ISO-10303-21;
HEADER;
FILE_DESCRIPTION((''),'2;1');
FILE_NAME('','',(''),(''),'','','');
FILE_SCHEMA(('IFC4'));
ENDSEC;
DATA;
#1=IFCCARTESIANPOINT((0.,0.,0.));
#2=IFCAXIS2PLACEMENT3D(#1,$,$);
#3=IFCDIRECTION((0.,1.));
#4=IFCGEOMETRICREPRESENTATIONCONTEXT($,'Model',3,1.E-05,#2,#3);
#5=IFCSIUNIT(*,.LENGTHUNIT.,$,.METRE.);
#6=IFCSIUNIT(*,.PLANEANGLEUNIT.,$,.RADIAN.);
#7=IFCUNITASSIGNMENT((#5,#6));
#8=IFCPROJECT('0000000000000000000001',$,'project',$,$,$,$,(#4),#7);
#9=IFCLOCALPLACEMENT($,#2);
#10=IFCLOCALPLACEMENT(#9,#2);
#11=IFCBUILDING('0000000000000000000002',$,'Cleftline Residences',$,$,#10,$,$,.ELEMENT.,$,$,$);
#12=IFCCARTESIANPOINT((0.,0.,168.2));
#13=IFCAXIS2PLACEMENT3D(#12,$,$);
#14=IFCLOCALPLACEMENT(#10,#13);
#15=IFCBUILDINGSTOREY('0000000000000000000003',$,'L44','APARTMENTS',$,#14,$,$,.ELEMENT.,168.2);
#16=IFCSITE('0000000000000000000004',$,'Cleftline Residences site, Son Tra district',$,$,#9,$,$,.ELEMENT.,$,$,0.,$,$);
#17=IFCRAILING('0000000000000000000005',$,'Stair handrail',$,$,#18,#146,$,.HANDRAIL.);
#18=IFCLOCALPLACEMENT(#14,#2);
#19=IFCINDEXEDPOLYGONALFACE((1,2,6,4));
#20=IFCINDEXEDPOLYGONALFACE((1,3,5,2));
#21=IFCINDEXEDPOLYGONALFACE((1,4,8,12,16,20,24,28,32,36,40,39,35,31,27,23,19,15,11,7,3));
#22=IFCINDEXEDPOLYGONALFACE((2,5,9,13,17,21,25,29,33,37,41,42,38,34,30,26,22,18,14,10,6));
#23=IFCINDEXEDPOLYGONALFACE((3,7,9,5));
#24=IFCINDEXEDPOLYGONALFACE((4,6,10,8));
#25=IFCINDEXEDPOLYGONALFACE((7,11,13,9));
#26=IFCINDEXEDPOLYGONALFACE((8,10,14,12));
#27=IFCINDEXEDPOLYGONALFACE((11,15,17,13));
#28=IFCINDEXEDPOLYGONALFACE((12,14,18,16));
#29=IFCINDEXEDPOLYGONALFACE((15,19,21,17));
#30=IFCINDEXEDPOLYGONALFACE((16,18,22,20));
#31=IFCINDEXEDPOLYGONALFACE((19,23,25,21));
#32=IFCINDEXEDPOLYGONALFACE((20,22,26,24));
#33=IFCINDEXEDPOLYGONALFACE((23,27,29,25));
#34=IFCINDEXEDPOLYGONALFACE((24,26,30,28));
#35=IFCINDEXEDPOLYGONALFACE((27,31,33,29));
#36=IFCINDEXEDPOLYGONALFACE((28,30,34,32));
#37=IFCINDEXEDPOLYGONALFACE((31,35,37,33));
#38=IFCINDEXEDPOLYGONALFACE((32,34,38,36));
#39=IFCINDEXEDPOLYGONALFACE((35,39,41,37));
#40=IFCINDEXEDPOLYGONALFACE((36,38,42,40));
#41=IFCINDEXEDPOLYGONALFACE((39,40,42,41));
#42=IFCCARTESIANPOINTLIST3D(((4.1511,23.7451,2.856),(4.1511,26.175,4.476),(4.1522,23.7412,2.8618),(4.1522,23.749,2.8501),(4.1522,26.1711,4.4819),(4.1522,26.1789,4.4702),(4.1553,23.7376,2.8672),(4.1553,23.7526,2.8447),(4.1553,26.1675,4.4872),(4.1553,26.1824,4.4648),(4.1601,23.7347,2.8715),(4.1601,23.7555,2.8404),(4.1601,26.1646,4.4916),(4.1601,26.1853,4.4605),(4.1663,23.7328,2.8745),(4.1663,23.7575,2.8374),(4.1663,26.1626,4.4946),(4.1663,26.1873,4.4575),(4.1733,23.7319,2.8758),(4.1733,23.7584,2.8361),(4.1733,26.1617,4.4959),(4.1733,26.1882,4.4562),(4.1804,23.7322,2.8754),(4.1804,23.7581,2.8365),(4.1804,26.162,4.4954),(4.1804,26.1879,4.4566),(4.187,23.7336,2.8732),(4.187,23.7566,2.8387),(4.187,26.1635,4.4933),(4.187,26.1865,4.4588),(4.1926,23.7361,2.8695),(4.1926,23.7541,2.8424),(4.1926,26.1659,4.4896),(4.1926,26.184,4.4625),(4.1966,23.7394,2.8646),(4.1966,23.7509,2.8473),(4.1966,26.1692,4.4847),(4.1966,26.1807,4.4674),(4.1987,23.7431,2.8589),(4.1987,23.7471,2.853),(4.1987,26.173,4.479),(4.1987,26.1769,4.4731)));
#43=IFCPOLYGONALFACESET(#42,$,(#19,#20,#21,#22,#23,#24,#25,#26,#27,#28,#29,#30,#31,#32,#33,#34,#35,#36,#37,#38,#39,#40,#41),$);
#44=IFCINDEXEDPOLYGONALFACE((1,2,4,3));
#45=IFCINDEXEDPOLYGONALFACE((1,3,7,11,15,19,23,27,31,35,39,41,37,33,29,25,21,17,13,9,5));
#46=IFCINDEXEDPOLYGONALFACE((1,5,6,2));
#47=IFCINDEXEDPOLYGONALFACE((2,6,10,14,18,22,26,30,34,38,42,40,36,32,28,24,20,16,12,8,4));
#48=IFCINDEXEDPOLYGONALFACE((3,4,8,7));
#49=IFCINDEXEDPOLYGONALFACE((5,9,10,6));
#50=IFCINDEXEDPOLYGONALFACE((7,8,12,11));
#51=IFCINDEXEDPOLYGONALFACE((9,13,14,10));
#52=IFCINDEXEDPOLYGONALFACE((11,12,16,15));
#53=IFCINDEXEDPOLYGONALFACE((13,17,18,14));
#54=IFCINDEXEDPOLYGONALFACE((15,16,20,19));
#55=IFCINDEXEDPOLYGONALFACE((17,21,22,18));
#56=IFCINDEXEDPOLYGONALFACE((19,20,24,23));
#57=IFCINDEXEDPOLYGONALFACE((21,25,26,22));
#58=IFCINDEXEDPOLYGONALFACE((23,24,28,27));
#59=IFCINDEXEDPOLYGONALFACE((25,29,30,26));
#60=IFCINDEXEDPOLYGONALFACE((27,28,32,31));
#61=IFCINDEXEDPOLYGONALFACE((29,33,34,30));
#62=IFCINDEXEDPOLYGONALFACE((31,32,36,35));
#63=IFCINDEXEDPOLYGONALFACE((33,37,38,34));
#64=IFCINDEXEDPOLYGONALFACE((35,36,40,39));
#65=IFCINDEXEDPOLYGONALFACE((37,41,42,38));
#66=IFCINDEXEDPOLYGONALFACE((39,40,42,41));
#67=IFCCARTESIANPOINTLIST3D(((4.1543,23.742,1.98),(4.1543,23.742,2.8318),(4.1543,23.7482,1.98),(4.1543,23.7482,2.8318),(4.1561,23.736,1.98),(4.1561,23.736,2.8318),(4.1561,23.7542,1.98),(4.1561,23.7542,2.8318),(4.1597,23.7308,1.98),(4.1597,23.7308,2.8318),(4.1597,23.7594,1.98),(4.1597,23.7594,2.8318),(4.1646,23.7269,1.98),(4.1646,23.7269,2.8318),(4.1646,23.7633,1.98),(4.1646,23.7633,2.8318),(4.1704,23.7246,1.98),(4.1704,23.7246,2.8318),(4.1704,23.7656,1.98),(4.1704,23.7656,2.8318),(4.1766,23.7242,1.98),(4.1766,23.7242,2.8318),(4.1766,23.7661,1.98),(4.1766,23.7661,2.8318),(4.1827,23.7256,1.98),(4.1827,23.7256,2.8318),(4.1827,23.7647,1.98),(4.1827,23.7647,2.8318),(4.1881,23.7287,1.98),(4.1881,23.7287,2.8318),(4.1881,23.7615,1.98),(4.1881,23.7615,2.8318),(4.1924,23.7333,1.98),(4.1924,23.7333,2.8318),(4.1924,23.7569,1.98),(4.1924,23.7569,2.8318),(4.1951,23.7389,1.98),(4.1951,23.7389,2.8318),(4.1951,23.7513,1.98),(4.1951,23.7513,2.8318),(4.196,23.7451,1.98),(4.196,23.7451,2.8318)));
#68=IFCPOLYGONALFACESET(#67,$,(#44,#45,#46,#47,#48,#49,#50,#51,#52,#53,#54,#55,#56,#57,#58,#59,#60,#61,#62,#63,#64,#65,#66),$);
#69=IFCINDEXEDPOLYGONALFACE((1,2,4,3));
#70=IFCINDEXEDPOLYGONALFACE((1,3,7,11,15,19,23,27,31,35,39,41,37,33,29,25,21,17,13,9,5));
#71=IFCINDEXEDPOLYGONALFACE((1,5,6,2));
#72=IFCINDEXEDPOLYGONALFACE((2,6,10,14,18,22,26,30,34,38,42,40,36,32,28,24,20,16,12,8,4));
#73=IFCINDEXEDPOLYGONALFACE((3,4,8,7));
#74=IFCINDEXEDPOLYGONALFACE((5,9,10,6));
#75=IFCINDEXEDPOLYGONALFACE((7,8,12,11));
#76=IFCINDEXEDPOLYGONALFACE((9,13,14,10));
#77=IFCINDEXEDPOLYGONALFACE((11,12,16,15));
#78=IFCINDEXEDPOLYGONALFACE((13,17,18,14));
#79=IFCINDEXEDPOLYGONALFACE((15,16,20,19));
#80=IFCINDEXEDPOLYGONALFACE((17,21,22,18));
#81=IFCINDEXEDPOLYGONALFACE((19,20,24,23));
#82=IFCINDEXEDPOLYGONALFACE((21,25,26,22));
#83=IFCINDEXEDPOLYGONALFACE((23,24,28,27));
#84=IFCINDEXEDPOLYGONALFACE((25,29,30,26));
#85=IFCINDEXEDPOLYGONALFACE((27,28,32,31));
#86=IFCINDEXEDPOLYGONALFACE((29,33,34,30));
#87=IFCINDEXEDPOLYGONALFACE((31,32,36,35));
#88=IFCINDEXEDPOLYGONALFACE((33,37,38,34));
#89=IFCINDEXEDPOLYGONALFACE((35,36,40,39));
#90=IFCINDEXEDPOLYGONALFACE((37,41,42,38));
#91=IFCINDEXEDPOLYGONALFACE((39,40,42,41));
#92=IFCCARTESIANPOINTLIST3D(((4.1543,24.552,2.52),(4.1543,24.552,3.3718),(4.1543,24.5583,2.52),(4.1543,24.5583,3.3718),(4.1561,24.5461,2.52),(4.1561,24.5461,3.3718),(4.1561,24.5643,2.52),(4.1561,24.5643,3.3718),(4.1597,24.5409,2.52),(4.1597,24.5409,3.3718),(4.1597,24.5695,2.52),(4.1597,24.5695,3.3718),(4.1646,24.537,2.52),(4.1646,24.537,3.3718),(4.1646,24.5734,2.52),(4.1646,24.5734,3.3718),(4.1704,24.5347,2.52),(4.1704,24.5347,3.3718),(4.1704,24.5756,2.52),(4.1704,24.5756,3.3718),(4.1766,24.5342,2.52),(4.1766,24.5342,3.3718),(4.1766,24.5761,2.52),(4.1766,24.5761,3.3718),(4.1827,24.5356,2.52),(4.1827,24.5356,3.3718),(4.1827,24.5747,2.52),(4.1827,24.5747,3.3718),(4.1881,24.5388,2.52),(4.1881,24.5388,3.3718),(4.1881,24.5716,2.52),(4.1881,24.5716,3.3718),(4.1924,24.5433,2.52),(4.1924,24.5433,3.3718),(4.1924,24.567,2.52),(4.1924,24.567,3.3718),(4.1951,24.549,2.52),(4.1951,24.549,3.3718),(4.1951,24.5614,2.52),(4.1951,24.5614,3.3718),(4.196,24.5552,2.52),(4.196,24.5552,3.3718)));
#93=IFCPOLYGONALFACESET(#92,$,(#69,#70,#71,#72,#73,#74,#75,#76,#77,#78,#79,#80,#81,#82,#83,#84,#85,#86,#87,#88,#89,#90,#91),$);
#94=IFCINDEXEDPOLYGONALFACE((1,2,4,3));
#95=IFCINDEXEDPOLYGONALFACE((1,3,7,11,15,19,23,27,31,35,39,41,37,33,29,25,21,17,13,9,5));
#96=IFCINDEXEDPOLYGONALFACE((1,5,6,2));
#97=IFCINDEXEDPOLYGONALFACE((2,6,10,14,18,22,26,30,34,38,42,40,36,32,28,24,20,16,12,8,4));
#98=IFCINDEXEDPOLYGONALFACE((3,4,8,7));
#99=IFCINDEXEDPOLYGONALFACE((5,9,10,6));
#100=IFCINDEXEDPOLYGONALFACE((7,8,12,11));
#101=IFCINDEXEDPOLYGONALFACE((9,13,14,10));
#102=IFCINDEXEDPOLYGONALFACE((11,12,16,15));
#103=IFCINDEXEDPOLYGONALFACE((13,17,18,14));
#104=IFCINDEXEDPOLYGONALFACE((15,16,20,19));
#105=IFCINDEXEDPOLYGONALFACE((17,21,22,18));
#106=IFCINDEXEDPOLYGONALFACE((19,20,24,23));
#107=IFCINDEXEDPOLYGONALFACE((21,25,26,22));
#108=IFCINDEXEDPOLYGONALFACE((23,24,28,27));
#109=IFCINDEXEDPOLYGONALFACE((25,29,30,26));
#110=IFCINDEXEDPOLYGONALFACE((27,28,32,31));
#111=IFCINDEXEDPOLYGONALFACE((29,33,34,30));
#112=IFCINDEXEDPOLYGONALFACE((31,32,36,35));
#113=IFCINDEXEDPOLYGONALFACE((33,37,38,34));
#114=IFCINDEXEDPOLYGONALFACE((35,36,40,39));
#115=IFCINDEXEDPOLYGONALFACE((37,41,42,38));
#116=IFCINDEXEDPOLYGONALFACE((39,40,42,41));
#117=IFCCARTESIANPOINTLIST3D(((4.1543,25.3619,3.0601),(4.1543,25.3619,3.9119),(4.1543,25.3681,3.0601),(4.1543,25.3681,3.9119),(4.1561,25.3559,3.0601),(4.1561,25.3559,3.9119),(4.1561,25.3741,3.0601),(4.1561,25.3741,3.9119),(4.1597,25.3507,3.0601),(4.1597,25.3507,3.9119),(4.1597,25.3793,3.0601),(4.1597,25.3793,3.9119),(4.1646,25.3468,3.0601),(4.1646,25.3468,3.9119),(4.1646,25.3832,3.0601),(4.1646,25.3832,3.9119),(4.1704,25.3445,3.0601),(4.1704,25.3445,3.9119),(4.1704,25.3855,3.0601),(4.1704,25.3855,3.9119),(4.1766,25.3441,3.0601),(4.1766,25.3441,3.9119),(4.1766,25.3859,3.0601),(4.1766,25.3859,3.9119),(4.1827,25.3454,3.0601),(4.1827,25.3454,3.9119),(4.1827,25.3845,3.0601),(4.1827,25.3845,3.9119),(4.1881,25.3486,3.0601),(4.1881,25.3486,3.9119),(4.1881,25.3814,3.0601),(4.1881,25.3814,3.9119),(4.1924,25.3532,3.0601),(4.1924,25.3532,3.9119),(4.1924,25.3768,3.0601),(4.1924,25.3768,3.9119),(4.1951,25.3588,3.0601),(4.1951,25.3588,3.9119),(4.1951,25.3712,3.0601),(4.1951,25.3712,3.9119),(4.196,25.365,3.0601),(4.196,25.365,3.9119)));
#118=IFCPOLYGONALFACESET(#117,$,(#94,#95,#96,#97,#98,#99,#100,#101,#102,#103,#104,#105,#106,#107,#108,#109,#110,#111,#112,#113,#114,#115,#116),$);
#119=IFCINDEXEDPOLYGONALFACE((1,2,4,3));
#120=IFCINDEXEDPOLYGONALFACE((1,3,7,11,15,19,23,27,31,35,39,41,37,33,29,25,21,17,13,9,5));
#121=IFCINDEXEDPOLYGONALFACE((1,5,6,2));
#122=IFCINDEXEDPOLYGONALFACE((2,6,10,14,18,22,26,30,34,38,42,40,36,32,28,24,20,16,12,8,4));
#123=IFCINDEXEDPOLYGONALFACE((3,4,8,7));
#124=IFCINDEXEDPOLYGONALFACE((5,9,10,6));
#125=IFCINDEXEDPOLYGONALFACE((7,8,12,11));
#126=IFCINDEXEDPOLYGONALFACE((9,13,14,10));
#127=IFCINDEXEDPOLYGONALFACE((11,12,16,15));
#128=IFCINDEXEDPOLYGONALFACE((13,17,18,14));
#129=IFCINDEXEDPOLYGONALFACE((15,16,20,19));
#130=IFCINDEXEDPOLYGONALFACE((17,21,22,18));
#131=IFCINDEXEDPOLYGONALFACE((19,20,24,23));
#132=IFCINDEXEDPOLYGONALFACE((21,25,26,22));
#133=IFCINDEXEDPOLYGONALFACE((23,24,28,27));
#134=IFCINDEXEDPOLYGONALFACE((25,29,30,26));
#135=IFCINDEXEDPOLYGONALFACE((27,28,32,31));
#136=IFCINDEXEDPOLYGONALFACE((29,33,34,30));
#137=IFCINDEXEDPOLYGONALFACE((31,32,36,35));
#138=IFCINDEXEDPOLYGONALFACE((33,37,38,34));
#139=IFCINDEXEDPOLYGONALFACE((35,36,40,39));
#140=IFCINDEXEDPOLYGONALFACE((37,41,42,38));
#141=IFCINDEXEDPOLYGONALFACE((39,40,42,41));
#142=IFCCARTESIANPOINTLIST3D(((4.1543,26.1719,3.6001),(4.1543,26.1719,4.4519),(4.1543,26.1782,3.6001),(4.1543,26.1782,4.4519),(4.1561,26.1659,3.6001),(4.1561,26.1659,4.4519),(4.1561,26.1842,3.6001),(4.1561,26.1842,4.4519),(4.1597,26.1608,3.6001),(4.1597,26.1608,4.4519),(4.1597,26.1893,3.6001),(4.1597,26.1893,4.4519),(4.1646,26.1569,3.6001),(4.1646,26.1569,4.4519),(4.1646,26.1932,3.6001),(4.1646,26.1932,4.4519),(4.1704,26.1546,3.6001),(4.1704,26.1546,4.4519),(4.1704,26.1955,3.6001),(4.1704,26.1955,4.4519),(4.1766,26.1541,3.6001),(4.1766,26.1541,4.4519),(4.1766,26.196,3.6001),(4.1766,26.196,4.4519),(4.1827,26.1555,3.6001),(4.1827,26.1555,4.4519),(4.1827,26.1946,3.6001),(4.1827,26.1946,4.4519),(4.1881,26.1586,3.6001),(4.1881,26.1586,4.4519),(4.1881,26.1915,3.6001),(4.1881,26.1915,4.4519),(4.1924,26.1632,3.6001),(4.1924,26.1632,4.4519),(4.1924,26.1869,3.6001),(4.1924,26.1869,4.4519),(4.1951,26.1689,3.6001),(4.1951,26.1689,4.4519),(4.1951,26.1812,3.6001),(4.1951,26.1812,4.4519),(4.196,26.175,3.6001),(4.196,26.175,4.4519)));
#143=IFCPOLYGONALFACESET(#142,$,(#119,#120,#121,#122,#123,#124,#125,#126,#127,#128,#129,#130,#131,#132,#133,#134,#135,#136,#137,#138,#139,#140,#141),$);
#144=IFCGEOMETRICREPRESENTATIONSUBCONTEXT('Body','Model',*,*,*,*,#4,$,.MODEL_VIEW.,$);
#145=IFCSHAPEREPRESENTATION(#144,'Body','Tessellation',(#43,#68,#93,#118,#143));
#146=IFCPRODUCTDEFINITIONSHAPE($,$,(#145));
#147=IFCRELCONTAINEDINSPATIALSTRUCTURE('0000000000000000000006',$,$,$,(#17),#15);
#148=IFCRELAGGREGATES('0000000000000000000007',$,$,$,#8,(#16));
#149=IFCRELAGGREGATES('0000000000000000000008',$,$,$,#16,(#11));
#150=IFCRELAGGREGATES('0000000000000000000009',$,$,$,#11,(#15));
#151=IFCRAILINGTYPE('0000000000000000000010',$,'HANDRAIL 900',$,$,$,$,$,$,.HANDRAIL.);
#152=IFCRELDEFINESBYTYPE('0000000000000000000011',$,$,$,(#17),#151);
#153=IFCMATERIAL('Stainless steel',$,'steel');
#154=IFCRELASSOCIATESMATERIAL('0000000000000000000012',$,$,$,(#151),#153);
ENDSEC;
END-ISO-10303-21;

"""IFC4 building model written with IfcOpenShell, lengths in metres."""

from ifc_helpers import new_model, si_unit, direction, frame, origin, origin_2d, place, context, subcontext, project, spatial, circle, extrude, material, type_object, element, save


model = new_model("IFC4")

# Units and contexts
model_context = context("Model", 3, precision=1e-05, world=origin(), true_north=direction((0.0, 1.0)))
body_context = subcontext(model_context, "Body", "Model", "MODEL_VIEW")
ifc_project = project(units=[si_unit("LENGTHUNIT", "METRE"), si_unit("PLANEANGLEUNIT", "RADIAN")], contexts=[model_context])

# Site, building, storey
site_placement = place(None, origin())
site = spatial("IfcSite", under=ifc_project, at=site_placement, Name="Cleftline Residences site, Son Tra district", CompositionType="ELEMENT", RefElevation=0.0)
building_placement = place(site_placement, origin())
building = spatial("IfcBuilding", under=site, at=building_placement, Name="Cleftline Residences", CompositionType="ELEMENT")
storey_placement = place(building_placement, frame((0.0, 0.0, 168.2)))
storey = spatial("IfcBuildingStorey", under=building, at=storey_placement, Name="L44", Description="APARTMENTS", CompositionType="ELEMENT", Elevation=168.2)

# Railing
ifc_material_1 = material(Name="Stainless steel", Category="steel")
railing_type = type_object("IfcRailingType", Name="HANDRAIL 900", PredefinedType="HANDRAIL", material=ifc_material_1)
railing_1_placement = place(storey_placement, frame((4.175, 23.7451, 1.98)))
element("IfcRailing", 1, at=railing_1_placement, inside=storey, type_object=railing_type, Name="Stair handrail", PredefinedType="HANDRAIL", context=body_context, shape_type="SweptSolid", body=[
    extrude(circle(Radius=0.0239, at=origin_2d()), frame((0.0, 0.0, 0.876), z_axis=(0.0, 0.832025, 0.554739), x_axis=(-1.0, 0.0, 0.0)), (0.0, 0.0, 1.0), 2.9204),
    extrude(circle(Radius=0.021, at=origin_2d()), origin(), (0.0, 0.0, 1.0), 0.8518),
    extrude(circle(Radius=0.021, at=origin_2d()), frame((0.0, 0.8101, 0.54)), (0.0, 0.0, 1.0), 0.8518),
    extrude(circle(Radius=0.021, at=origin_2d()), frame((0.0, 1.6199, 1.0801)), (0.0, 0.0, 1.0), 0.8518),
    extrude(circle(Radius=0.021, at=origin_2d()), frame((0.0, 2.4299, 1.6201)), (0.0, 0.0, 1.0), 0.8518),
])

save(model, "model.ifc")
